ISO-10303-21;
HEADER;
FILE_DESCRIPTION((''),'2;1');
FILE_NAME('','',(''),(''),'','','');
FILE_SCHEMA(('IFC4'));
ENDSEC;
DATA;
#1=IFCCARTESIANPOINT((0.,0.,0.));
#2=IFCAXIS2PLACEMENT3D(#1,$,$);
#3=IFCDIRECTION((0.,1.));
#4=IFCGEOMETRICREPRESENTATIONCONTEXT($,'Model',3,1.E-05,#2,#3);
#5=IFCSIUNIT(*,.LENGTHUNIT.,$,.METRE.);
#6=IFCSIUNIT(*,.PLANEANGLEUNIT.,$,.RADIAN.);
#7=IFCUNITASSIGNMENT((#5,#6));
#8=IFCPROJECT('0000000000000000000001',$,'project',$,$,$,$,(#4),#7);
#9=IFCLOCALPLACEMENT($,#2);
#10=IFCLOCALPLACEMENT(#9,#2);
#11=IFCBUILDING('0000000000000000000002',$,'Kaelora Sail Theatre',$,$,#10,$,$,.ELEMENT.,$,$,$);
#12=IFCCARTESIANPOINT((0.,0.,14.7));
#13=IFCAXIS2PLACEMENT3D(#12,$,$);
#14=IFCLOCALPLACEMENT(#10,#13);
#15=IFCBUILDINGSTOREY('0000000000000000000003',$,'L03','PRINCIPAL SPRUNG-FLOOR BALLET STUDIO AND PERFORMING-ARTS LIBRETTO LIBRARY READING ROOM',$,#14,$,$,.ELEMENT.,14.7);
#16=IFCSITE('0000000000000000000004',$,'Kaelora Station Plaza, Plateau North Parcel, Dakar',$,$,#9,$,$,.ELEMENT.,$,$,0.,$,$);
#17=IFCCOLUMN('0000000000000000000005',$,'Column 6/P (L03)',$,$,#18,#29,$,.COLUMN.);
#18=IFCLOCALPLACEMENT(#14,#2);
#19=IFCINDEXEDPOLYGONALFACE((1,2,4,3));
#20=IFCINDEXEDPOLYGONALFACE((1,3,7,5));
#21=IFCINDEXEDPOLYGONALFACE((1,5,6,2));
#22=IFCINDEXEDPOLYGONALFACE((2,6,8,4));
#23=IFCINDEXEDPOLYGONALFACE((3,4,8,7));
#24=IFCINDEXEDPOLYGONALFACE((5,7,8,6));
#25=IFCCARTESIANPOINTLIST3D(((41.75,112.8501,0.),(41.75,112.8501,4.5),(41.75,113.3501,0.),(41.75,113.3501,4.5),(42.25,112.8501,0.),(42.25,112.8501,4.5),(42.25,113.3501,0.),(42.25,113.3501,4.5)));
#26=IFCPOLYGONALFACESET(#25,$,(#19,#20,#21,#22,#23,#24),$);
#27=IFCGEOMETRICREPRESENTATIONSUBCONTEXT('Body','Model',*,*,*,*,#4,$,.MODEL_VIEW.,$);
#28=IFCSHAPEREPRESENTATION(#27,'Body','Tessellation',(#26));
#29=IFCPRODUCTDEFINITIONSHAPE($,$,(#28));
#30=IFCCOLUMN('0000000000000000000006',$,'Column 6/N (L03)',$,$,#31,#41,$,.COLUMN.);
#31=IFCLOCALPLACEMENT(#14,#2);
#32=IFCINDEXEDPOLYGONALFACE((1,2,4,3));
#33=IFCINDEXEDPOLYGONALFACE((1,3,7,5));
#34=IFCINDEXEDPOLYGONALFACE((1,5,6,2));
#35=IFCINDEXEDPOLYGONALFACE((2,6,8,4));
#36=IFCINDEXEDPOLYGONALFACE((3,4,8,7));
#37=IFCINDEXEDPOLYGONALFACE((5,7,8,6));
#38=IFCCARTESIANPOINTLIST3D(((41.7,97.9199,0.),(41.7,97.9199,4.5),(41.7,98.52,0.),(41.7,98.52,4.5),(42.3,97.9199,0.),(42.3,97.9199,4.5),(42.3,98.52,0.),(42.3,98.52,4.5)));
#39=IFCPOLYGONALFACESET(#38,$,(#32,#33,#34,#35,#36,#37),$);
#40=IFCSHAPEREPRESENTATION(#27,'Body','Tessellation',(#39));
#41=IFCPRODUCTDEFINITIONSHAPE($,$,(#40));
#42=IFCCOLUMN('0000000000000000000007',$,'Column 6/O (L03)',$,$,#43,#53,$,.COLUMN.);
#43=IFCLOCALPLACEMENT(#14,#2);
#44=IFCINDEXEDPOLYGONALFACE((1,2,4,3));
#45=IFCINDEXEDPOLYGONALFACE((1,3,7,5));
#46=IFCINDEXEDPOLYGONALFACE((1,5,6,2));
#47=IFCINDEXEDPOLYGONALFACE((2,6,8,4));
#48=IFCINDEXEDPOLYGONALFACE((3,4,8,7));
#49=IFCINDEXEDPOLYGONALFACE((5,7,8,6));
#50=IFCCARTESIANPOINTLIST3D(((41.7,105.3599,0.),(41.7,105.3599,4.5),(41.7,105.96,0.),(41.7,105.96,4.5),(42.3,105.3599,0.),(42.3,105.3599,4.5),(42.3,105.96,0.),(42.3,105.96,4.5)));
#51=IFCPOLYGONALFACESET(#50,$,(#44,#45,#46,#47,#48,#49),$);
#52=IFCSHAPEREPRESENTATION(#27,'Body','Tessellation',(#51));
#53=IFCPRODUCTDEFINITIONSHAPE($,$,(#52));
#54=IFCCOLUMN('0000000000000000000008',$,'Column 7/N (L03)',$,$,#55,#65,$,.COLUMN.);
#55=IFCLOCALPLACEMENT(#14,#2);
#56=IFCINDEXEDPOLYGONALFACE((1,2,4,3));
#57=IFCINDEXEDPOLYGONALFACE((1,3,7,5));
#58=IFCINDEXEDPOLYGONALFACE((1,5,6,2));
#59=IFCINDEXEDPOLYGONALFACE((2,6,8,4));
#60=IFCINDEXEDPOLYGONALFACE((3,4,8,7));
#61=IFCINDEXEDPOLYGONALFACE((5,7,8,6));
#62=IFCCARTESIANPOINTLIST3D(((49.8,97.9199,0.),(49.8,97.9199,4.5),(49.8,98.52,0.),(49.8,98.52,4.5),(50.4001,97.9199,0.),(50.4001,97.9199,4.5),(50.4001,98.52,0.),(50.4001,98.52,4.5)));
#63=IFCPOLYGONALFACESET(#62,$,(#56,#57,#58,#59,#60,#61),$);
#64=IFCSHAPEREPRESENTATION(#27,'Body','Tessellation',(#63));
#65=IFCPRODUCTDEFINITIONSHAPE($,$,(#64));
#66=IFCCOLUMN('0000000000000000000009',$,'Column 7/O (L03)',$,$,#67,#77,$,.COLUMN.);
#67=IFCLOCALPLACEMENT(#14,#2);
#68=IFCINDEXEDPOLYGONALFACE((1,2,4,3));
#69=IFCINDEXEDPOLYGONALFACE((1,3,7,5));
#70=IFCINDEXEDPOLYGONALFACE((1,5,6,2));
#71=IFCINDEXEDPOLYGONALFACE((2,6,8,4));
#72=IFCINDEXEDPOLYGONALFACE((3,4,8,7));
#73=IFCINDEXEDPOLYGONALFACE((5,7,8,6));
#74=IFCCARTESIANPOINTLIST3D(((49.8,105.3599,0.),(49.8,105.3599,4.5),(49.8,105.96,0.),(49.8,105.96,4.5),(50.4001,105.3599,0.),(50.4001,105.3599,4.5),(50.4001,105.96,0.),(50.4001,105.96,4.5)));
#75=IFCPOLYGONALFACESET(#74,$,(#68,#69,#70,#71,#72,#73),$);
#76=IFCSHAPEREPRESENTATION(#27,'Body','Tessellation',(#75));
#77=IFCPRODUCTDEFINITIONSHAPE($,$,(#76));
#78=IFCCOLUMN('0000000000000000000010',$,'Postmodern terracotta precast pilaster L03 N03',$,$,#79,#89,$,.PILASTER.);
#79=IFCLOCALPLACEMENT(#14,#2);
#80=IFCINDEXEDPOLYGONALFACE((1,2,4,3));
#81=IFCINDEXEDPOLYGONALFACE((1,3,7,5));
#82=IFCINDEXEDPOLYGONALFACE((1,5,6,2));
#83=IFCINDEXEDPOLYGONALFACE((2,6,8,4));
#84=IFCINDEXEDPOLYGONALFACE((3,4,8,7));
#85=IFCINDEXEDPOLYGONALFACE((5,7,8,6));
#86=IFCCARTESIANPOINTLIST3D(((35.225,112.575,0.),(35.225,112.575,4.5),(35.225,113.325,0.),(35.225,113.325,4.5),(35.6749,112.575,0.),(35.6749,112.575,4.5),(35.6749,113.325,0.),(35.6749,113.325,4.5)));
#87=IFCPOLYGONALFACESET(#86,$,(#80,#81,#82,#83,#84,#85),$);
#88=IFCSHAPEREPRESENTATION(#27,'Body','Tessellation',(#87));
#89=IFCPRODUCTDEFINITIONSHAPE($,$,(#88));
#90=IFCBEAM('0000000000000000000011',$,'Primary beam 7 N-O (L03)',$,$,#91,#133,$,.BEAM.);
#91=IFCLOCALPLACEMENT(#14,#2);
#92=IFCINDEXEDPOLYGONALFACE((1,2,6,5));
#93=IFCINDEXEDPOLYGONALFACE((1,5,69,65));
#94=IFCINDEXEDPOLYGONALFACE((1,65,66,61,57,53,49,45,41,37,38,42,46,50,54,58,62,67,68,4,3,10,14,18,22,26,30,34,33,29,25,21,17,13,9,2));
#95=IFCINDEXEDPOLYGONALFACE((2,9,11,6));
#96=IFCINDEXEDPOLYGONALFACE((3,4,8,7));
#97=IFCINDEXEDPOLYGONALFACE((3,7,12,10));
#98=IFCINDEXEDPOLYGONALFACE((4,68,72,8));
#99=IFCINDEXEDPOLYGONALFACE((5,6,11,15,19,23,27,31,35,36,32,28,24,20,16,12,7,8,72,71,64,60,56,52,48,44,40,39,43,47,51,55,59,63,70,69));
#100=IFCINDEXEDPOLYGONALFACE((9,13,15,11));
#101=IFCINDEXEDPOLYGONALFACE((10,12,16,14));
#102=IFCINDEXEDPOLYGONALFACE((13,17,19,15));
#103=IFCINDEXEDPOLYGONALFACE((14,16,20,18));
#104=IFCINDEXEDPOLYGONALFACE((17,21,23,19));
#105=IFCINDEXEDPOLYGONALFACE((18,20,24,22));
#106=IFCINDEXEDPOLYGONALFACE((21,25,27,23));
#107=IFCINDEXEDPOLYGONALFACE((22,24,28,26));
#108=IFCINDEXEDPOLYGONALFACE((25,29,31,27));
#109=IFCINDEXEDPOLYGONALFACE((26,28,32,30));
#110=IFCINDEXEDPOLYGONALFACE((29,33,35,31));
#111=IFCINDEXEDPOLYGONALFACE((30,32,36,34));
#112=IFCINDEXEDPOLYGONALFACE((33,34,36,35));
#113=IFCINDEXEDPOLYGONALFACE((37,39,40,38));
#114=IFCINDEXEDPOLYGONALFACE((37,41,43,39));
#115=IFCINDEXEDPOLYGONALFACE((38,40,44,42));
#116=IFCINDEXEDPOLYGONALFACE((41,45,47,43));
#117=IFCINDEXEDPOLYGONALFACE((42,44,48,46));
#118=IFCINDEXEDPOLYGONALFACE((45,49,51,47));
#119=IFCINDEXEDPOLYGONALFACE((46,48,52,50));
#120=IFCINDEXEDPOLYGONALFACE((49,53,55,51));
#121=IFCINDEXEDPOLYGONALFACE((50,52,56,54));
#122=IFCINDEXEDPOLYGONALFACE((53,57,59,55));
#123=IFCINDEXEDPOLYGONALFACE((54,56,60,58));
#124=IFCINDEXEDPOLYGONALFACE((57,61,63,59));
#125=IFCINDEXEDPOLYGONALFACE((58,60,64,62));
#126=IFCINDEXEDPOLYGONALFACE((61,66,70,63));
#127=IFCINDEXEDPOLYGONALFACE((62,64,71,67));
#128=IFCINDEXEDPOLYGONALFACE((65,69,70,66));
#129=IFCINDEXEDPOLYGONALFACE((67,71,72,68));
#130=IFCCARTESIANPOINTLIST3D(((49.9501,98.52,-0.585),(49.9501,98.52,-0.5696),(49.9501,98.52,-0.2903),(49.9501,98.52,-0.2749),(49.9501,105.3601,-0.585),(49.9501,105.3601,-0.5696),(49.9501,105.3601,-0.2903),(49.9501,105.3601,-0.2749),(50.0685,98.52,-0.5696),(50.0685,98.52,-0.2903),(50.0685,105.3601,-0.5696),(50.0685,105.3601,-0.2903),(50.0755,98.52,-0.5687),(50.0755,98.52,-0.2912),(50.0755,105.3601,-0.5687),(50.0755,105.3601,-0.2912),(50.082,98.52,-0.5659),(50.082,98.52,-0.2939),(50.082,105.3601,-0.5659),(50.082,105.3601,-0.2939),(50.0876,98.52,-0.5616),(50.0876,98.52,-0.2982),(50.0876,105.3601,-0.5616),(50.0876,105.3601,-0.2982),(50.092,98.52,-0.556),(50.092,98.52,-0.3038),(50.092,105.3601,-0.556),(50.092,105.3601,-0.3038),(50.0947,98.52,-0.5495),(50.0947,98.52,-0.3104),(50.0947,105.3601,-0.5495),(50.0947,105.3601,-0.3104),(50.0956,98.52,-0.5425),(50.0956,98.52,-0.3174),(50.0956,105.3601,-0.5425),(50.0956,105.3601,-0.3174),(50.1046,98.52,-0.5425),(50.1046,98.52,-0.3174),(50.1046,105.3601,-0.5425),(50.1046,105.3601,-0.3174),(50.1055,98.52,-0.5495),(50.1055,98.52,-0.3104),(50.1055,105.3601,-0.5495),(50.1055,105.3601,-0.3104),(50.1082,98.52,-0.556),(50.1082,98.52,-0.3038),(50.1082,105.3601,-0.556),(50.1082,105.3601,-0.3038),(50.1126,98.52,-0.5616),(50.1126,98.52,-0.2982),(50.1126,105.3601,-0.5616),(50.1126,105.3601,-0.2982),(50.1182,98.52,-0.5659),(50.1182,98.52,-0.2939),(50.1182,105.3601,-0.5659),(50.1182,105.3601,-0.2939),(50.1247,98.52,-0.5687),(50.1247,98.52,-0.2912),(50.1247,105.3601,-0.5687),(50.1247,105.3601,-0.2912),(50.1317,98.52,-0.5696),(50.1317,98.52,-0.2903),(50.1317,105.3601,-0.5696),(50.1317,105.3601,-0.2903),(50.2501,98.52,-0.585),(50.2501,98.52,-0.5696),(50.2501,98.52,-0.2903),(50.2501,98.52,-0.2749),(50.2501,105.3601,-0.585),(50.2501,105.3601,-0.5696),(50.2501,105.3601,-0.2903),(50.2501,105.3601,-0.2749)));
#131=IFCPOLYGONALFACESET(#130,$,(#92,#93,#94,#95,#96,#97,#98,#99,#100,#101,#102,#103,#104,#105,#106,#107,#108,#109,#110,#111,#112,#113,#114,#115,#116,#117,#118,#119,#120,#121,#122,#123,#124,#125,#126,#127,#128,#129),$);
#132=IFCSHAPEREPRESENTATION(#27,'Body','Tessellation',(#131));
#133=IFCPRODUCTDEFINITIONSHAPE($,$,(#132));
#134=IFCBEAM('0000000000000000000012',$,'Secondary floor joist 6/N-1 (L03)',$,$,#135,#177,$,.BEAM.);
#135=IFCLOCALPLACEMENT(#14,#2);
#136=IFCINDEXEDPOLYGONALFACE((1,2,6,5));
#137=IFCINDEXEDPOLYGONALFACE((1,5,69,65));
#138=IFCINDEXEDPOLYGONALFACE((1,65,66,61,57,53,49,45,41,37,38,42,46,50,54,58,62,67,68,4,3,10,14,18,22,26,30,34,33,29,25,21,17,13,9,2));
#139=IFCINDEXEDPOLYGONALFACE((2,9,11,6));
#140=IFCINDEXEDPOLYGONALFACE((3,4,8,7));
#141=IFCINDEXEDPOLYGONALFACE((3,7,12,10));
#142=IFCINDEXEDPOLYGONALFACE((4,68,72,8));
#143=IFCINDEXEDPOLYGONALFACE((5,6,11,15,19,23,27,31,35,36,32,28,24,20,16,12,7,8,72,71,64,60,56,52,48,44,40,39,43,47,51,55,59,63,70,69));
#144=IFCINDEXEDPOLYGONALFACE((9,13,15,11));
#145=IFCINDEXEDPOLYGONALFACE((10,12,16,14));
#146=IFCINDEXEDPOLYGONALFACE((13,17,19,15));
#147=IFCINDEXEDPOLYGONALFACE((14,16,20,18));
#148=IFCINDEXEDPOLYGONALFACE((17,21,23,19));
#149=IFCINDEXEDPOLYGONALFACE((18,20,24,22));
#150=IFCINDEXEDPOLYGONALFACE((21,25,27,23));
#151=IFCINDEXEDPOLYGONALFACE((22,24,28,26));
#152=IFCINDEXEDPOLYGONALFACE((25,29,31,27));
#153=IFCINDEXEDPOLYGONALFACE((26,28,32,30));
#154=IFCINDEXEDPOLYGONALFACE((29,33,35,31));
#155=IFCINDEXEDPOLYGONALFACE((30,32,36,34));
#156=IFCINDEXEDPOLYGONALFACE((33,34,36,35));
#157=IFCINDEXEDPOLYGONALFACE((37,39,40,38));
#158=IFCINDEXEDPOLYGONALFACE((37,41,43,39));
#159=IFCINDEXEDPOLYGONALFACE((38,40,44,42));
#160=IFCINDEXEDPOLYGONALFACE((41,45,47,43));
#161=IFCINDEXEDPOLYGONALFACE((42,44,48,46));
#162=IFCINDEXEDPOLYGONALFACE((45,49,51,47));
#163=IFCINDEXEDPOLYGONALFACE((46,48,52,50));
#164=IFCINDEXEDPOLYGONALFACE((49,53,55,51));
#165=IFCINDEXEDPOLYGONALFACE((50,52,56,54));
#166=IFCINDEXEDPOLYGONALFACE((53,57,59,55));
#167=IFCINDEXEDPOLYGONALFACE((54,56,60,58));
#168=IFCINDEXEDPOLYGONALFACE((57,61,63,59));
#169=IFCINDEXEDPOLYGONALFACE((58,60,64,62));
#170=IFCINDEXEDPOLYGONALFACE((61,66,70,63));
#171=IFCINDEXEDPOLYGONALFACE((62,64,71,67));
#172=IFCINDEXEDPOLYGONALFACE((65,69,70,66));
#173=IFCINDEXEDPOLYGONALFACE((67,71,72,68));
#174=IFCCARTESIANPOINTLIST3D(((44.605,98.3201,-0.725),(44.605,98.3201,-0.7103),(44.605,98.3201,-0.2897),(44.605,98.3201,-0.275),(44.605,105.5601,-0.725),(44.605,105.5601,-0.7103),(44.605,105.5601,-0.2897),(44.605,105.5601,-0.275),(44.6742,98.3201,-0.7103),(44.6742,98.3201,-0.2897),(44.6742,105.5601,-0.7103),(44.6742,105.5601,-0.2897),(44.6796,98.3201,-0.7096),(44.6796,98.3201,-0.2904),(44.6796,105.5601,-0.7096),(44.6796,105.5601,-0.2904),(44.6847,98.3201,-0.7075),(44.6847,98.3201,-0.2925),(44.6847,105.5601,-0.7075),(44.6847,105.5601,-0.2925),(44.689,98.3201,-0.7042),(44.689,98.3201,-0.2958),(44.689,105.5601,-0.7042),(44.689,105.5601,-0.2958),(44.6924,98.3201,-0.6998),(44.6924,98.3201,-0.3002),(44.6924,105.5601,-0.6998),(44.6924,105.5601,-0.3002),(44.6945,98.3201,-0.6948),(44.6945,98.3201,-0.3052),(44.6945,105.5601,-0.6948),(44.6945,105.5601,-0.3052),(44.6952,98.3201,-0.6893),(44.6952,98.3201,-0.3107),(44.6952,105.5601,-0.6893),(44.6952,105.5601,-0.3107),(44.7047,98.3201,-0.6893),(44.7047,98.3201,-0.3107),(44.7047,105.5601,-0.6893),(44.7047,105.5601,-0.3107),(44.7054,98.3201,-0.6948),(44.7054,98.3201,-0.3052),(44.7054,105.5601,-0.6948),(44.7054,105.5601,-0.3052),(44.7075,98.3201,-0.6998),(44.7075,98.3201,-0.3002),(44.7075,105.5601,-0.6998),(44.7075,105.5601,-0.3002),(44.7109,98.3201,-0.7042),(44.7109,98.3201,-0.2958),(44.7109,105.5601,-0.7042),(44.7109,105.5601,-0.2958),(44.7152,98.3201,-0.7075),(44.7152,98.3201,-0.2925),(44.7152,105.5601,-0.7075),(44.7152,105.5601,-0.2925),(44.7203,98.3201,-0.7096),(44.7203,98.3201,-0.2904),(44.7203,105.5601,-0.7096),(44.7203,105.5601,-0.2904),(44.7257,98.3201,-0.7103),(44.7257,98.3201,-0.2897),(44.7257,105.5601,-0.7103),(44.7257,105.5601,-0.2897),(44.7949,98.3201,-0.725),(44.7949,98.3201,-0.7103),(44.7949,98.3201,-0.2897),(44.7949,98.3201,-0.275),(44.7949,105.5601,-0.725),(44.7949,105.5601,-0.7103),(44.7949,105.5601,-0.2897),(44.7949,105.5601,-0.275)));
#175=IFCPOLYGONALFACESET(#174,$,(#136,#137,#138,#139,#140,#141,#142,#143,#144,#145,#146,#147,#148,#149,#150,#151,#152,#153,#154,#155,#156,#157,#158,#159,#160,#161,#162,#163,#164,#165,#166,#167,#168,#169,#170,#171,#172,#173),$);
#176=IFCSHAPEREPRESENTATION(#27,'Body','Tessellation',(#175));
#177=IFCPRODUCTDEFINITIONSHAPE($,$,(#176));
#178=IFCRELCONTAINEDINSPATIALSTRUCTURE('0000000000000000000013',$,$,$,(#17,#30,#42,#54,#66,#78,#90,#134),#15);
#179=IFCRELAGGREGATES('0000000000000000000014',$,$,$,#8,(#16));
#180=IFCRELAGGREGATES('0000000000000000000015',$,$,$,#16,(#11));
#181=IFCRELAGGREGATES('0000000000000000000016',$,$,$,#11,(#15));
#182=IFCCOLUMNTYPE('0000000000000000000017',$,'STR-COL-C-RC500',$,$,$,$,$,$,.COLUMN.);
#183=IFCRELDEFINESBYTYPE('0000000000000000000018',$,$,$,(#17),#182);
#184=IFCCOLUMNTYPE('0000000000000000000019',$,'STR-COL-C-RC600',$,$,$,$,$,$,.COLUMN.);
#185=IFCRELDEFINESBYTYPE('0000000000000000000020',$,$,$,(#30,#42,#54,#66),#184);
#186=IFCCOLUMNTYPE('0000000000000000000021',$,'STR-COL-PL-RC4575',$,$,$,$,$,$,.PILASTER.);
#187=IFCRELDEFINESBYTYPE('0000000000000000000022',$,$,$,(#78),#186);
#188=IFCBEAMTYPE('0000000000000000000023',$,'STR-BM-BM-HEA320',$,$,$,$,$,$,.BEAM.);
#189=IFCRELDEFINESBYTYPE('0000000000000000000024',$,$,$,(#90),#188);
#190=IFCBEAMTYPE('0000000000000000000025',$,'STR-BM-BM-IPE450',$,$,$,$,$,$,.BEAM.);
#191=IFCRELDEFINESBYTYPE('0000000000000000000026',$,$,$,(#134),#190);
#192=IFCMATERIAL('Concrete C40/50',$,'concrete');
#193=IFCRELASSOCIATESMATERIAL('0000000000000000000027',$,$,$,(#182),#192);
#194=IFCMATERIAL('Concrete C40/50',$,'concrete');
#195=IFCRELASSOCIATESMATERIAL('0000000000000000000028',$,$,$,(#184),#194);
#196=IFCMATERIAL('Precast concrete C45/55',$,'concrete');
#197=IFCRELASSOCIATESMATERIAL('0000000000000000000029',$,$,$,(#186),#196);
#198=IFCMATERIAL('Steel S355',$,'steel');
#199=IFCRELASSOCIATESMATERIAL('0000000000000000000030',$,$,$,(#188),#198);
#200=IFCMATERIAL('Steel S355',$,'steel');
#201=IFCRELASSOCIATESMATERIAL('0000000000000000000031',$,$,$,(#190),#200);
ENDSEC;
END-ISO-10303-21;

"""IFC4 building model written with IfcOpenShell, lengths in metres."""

from ifc_helpers import new_model, si_unit, direction, frame, origin, origin_2d, place, context, subcontext, project, spatial, rectangle, i_section, extrude, material, material_profile, profile_set, type_object, element, save


model = new_model("IFC4")

# Units and contexts
model_context = context("Model", 3, precision=1e-05, world=origin(), true_north=direction((0.0, 1.0)))
body_context = subcontext(model_context, "Body", "Model", "MODEL_VIEW")
ifc_project = project(units=[si_unit("LENGTHUNIT", "METRE"), si_unit("PLANEANGLEUNIT", "RADIAN")], contexts=[model_context])

# Site, building, storey
site_placement = place(None, origin())
site = spatial("IfcSite", under=ifc_project, at=site_placement, Name="Kaelora Station Plaza, Plateau North Parcel, Dakar", CompositionType="ELEMENT", RefElevation=0.0)
building_placement = place(site_placement, origin())
building = spatial("IfcBuilding", under=site, at=building_placement, Name="Kaelora Sail Theatre", CompositionType="ELEMENT")
storey_placement = place(building_placement, frame((0.0, 0.0, 14.7)))
storey = spatial("IfcBuildingStorey", under=building, at=storey_placement, Name="L03", Description="PRINCIPAL SPRUNG-FLOOR BALLET STUDIO AND PERFORMING-ARTS LIBRETTO LIBRARY READING ROOM", CompositionType="ELEMENT", Elevation=14.7)

# Columns
ifc_material_1 = material(Name="Concrete C40/50", Category="concrete")
ifc_material_profile_1 = material_profile(ifc_material_1, rectangle(XDim=0.5, YDim=0.5, at=origin_2d()), Name="RC-COL 500x500")
ifc_profile_set_1 = profile_set([ifc_material_profile_1], Name="Concrete C40/50")
column_type_1 = type_object("IfcColumnType", Name="STR-COL-C-RC500", PredefinedType="COLUMN", material=ifc_profile_set_1)
column_1_placement = place(storey_placement, frame((42.0, 113.1001, 0.0), z_axis=(0.0, 0.0, 1.0), x_axis=(1.0, 0.0, 0.0)))
element("IfcColumn", 1, at=column_1_placement, inside=storey, type_object=column_type_1, Name="Column 6/P (L03)", PredefinedType="COLUMN", context=body_context, shape_type="SweptSolid", body=[
    extrude(rectangle(XDim=0.5, YDim=0.5, at=origin_2d()), origin(), (0.0, 0.0, 1.0), 4.5),
])
ifc_material_2 = material(Name="Concrete C40/50", Category="concrete")
ifc_material_profile_2 = material_profile(ifc_material_2, rectangle(XDim=0.6001, YDim=0.6001, at=origin_2d()), Name="RC-COL 600x600")
ifc_profile_set_2 = profile_set([ifc_material_profile_2], Name="Concrete C40/50")
column_type_2 = type_object("IfcColumnType", Name="STR-COL-C-RC600", PredefinedType="COLUMN", material=ifc_profile_set_2)
for number, where, z_axis, x_axis, name in (
    (2, (42.0, 98.22, 0.0), (0.0, 0.0, 1.0), (1.0, 0.0, 0.0), "Column 6/N (L03)"),
    (3, (42.0, 105.6599, 0.0), (0.0, 0.0, 1.0), (1.0, 0.0, 0.0), "Column 6/O (L03)"),
    (4, (50.1001, 98.22, 0.0), (0.0, 0.0, 1.0), (1.0, 0.0, 0.0), "Column 7/N (L03)"),
    (5, (50.1001, 105.6599, 0.0), (0.0, 0.0, 1.0), (1.0, 0.0, 0.0), "Column 7/O (L03)"),
):
    element("IfcColumn", number, at=place(storey_placement, frame(where, z_axis=z_axis, x_axis=x_axis)), inside=storey, type_object=column_type_2, Name=name, PredefinedType="COLUMN", context=body_context, shape_type="SweptSolid", body=[
        extrude(rectangle(XDim=0.6001, YDim=0.6001, at=origin_2d()), origin(), (0.0, 0.0, 1.0), 4.5),
    ])
ifc_material_3 = material(Name="Precast concrete C45/55", Category="concrete")
ifc_material_profile_3 = material_profile(ifc_material_3, rectangle(XDim=0.45, YDim=0.75, at=origin_2d()), Name="RC-PIL 450x750")
ifc_profile_set_3 = profile_set([ifc_material_profile_3], Name="Precast concrete C45/55")
column_type_3 = type_object("IfcColumnType", Name="STR-COL-PL-RC4575", PredefinedType="PILASTER", material=ifc_profile_set_3)
column_2_placement = place(storey_placement, frame((35.45, 112.95, 0.0), z_axis=(0.0, 0.0, 1.0), x_axis=(1.0, 0.0, 0.0)))
element("IfcColumn", 6, at=column_2_placement, inside=storey, type_object=column_type_3, Name="Postmodern terracotta precast pilaster L03 N03", PredefinedType="PILASTER", context=body_context, shape_type="SweptSolid", body=[
    extrude(rectangle(XDim=0.45, YDim=0.75, at=origin_2d()), origin(), (0.0, 0.0, 1.0), 4.5),
])

# Beams
ifc_material_4 = material(Name="Steel S355", Category="steel")
ifc_material_profile_4 = material_profile(ifc_material_4, i_section(OverallWidth=0.3, OverallDepth=0.3101, WebThickness=0.009, FlangeThickness=0.0154, FilletRadius=0.0271, at=origin_2d()), Name="HEA 320")
ifc_profile_set_4 = profile_set([ifc_material_profile_4], Name="Steel S355")
beam_type_1 = type_object("IfcBeamType", Name="STR-BM-BM-HEA320", PredefinedType="BEAM", material=ifc_profile_set_4)
beam_1_placement = place(storey_placement, frame((50.1001, 98.52, -0.4299), z_axis=(0.0, 1.0, 0.0), x_axis=(-1.0, 0.0, 0.0)))
element("IfcBeam", 7, at=beam_1_placement, inside=storey, type_object=beam_type_1, Name="Primary beam 7 N-O (L03)", PredefinedType="BEAM", context=body_context, shape_type="SweptSolid", body=[
    extrude(i_section(OverallWidth=0.3, OverallDepth=0.3101, WebThickness=0.009, FlangeThickness=0.0154, FilletRadius=0.0271, at=origin_2d()), origin(), (0.0, 0.0, 1.0), 6.8401),
])
ifc_material_5 = material(Name="Steel S355", Category="steel")
ifc_material_profile_5 = material_profile(ifc_material_5, i_section(OverallWidth=0.1899, OverallDepth=0.45, WebThickness=0.0095, FlangeThickness=0.0146, FilletRadius=0.021, at=origin_2d()), Name="IPE 450")
ifc_profile_set_5 = profile_set([ifc_material_profile_5], Name="Steel S355")
beam_type_2 = type_object("IfcBeamType", Name="STR-BM-BM-IPE450", PredefinedType="BEAM", material=ifc_profile_set_5)
beam_2_placement = place(storey_placement, frame((44.7, 98.3201, -0.5), z_axis=(0.0, 1.0, 0.0), x_axis=(-1.0, 0.0, 0.0)))
element("IfcBeam", 8, at=beam_2_placement, inside=storey, type_object=beam_type_2, Name="Secondary floor joist 6/N-1 (L03)", PredefinedType="BEAM", context=body_context, shape_type="SweptSolid", body=[
    extrude(i_section(OverallWidth=0.1899, OverallDepth=0.45, WebThickness=0.0095, FlangeThickness=0.0146, FilletRadius=0.021, at=origin_2d()), origin(), (0.0, 0.0, 1.0), 7.24),
])

save(model, "model.ifc")
